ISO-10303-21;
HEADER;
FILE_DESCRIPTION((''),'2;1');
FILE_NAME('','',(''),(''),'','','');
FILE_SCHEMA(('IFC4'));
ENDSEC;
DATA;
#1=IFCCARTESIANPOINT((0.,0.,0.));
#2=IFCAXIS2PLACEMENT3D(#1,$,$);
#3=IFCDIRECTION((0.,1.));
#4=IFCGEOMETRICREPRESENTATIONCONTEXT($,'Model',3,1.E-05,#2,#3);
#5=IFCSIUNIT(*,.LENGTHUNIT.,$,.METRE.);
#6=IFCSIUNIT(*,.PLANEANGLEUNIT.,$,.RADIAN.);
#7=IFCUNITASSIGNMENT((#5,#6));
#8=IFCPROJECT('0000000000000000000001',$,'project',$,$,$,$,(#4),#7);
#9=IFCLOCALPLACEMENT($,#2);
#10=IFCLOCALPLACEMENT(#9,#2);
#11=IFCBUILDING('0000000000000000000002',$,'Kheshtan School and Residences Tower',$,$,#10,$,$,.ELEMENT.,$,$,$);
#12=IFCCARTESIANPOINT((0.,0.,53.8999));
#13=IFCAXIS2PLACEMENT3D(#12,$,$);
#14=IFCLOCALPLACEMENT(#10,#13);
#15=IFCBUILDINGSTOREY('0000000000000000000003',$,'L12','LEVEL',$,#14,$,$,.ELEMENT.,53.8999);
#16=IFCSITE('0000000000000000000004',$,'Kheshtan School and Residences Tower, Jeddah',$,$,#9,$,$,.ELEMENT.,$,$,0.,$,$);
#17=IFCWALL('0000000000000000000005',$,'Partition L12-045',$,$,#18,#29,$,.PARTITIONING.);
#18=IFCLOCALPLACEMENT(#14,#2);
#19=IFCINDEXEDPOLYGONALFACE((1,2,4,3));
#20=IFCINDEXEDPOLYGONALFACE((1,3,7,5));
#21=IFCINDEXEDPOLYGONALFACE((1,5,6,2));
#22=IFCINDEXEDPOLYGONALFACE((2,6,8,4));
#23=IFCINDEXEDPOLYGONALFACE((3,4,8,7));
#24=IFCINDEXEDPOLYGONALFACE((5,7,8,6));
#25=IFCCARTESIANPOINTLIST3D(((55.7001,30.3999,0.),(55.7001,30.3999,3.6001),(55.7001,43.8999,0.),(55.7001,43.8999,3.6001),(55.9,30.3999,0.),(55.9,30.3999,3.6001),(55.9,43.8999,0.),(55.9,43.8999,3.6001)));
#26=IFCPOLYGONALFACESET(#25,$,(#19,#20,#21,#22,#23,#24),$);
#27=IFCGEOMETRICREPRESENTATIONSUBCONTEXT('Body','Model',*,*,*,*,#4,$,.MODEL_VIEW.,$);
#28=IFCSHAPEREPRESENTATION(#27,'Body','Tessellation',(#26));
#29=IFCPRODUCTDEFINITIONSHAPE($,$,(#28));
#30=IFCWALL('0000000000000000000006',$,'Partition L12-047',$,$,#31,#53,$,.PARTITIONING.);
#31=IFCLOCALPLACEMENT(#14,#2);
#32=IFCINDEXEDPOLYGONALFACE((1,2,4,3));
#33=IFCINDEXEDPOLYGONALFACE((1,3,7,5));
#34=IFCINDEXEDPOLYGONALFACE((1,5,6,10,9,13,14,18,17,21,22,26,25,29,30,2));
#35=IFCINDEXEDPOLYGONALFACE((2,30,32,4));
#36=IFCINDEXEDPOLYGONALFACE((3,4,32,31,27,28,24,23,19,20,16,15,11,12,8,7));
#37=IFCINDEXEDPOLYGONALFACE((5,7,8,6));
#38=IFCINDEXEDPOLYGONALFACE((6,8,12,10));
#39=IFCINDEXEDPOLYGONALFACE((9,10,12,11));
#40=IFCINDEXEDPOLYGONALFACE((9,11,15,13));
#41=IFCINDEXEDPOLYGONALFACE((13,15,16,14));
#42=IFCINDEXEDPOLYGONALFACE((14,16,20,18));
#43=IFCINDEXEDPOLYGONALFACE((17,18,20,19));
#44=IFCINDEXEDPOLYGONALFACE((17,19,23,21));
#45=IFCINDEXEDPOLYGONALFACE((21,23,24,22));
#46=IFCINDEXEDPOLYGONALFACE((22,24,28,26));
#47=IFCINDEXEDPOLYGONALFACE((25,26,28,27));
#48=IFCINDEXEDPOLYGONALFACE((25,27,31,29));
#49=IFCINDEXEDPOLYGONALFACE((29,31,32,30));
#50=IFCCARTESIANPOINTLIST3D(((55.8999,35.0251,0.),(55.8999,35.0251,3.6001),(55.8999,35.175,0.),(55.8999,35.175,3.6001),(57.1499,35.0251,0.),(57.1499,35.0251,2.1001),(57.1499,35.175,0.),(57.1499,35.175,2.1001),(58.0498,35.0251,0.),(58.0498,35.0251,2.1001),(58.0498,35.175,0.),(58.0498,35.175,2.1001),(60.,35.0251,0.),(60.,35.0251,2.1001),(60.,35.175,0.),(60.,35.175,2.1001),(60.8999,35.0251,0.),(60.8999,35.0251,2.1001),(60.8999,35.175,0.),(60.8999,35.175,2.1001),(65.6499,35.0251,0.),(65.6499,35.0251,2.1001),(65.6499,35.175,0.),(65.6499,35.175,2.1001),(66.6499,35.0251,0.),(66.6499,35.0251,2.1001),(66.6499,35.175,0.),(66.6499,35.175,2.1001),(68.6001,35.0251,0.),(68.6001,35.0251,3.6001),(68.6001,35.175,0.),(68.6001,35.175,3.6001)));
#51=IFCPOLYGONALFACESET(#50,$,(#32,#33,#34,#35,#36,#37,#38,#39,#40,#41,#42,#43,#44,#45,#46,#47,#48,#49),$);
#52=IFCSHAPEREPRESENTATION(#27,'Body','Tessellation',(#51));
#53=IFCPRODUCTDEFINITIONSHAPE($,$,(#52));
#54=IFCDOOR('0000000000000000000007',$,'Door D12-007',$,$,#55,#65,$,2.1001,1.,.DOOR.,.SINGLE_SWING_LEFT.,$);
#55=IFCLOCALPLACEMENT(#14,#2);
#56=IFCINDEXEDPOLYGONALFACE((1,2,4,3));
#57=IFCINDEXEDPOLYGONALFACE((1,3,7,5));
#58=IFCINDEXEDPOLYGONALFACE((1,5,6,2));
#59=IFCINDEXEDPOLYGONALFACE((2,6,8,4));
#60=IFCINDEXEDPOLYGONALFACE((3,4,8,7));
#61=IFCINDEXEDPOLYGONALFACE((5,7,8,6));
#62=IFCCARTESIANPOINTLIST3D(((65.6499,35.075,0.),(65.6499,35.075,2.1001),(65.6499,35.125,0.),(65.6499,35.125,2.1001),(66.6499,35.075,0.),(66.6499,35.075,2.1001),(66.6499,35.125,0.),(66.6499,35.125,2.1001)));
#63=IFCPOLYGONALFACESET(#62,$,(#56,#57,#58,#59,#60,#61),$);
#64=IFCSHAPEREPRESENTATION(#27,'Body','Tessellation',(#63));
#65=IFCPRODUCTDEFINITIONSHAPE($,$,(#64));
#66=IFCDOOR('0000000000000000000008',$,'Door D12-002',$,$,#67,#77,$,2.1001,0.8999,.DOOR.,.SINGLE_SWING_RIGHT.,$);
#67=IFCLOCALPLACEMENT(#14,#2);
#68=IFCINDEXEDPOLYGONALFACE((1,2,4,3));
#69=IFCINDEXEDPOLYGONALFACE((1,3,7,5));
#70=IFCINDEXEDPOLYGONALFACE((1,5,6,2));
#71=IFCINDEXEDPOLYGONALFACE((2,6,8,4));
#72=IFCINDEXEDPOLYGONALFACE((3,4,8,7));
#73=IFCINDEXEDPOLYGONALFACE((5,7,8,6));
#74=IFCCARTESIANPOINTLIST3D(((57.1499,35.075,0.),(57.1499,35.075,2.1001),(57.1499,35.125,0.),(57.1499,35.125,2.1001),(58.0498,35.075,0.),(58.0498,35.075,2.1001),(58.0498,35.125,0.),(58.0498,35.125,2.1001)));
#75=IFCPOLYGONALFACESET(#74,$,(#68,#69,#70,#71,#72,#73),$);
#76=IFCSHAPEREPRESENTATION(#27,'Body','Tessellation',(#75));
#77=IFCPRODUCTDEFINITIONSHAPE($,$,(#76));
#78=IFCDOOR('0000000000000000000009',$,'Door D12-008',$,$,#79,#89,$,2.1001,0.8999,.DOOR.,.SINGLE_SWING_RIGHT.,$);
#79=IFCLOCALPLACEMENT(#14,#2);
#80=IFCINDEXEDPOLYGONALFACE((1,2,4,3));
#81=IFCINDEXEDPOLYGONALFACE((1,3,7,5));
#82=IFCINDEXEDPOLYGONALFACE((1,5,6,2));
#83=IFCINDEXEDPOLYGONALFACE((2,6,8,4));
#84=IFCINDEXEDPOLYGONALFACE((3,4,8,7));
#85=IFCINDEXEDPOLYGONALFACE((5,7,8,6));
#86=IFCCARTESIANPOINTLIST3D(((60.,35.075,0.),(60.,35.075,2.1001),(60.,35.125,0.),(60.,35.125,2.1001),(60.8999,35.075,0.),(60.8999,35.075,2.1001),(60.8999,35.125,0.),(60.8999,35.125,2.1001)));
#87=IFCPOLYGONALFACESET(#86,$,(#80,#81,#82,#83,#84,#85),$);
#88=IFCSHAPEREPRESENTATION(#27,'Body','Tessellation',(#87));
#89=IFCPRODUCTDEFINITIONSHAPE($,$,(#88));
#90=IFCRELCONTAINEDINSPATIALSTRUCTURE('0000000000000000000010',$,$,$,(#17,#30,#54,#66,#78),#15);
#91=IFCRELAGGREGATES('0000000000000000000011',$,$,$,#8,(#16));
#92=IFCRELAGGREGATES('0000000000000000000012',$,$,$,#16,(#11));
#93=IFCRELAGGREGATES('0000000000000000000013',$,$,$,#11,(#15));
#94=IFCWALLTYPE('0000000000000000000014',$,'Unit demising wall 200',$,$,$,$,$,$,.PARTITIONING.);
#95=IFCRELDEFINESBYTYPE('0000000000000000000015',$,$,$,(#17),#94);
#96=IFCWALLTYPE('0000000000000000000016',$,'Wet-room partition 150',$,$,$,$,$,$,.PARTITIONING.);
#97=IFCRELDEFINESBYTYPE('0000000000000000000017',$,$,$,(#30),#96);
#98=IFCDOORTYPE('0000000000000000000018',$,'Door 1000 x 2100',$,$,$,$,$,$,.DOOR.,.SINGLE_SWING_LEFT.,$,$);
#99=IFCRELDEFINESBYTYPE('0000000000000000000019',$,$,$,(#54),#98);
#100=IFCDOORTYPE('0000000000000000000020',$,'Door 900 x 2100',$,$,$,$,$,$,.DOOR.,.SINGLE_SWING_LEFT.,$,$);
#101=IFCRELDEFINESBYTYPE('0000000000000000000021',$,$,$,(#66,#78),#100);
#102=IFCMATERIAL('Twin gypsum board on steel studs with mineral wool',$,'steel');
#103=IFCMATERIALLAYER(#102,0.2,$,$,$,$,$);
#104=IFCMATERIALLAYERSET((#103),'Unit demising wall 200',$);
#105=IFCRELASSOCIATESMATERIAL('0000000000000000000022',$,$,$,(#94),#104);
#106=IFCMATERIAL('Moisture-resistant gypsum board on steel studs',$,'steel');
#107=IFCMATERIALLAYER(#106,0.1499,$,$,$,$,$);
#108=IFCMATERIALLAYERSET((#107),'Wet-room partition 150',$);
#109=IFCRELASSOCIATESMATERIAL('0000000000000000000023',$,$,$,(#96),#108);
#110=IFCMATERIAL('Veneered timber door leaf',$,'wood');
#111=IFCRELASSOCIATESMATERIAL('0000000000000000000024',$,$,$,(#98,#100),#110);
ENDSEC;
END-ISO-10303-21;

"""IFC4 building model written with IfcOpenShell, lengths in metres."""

from ifc_helpers import new_model, si_unit, direction, frame, frame_2d, origin, place, context, subcontext, project, spatial, rectangle, extrude, source, transform, mapped, material, layer, layer_set, type_object, element, fill, save


model = new_model("IFC4")

# Units and contexts
model_context = context("Model", 3, precision=1e-05, world=origin(), true_north=direction((0.0, 1.0)))
body_context = subcontext(model_context, "Body", "Model", "MODEL_VIEW")
ifc_project = project(units=[si_unit("LENGTHUNIT", "METRE"), si_unit("PLANEANGLEUNIT", "RADIAN")], contexts=[model_context])

# Site, building, storey
site_placement = place(None, origin())
site = spatial("IfcSite", under=ifc_project, at=site_placement, Name="Kheshtan School and Residences Tower, Jeddah", CompositionType="ELEMENT", RefElevation=0.0)
building_placement = place(site_placement, origin())
building = spatial("IfcBuilding", under=site, at=building_placement, Name="Kheshtan School and Residences Tower", CompositionType="ELEMENT")
storey_placement = place(building_placement, frame((0.0, 0.0, 53.8999)))
storey = spatial("IfcBuildingStorey", under=building, at=storey_placement, Name="L12", Description="LEVEL", CompositionType="ELEMENT", Elevation=53.8999)

# Wall
ifc_material_1 = material(Name="Twin gypsum board on steel studs with mineral wool", Category="steel")
ifc_layer_1 = layer(ifc_material_1, 0.2)
ifc_layer_set_1 = layer_set([ifc_layer_1], Name="Unit demising wall 200")
wall_type_1 = type_object("IfcWallType", Name="Unit demising wall 200", PredefinedType="PARTITIONING", material=ifc_layer_set_1)
wall_1_placement = place(storey_placement, frame((55.8, 30.3999, 0.0), z_axis=(0.0, 0.0, 1.0), x_axis=(0.0, 1.0, 0.0)))
element("IfcWall", 1, at=wall_1_placement, inside=storey, type_object=wall_type_1, Name="Partition L12-045", PredefinedType="PARTITIONING", context=body_context, shape_type="SweptSolid", body=[
    extrude(rectangle(XDim=13.5, YDim=0.2, at=frame_2d((6.75, 0.0))), origin(), (0.0, 0.0, 1.0), 3.6001),
])

# Wall, openings, doors
ifc_material_2 = material(Name="Moisture-resistant gypsum board on steel studs", Category="steel")
ifc_layer_2 = layer(ifc_material_2, 0.1499)
ifc_layer_set_2 = layer_set([ifc_layer_2], Name="Wet-room partition 150")
wall_type_2 = type_object("IfcWallType", Name="Wet-room partition 150", PredefinedType="PARTITIONING", material=ifc_layer_set_2)
wall_2_placement = place(storey_placement, frame((55.8999, 35.1001, 0.0), z_axis=(0.0, 0.0, 1.0), x_axis=(1.0, 0.0, 0.0)))
wall_2 = element("IfcWall", 2, at=wall_2_placement, inside=storey, type_object=wall_type_2, Name="Partition L12-047", PredefinedType="PARTITIONING", context=body_context, shape_type="SweptSolid", body=[
    extrude(rectangle(XDim=12.7002, YDim=0.1499, at=frame_2d((6.3501, 0.0))), origin(), (0.0, 0.0, 1.0), 3.6001),
])
opening_1_placement = place(wall_2_placement, frame((1.25, 0.0, 0.0)))
opening_1 = element("IfcOpeningElement", 3, at=opening_1_placement, cuts=wall_2, PredefinedType="OPENING", context=body_context, shape_type="SweptSolid", body=[
    extrude(rectangle(XDim=0.8999, YDim=2.1001, at=frame_2d((0.45, 1.05))), frame((0.0, 0.085, 0.0), z_axis=(0.0, -1.0, 0.0), x_axis=(1.0, 0.0, 0.0)), (0.0, 0.0, 1.0), 0.1699),
])
opening_2_placement = place(wall_2_placement, frame((9.75, 0.0, 0.0)))
opening_2 = element("IfcOpeningElement", 4, at=opening_2_placement, cuts=wall_2, PredefinedType="OPENING", context=body_context, shape_type="SweptSolid", body=[
    extrude(rectangle(XDim=1.0, YDim=2.1001, at=frame_2d((0.5, 1.05))), frame((0.0, 0.085, 0.0), z_axis=(0.0, -1.0, 0.0), x_axis=(1.0, 0.0, 0.0)), (0.0, 0.0, 1.0), 0.1699),
])
opening_3_placement = place(wall_2_placement, frame((4.1001, 0.0, 0.0)))
opening_3 = element("IfcOpeningElement", 5, at=opening_3_placement, cuts=wall_2, PredefinedType="OPENING", context=body_context, shape_type="SweptSolid", body=[
    extrude(rectangle(XDim=0.8999, YDim=2.1001, at=frame_2d((0.45, 1.05))), frame((0.0, 0.085, 0.0), z_axis=(0.0, -1.0, 0.0), x_axis=(1.0, 0.0, 0.0)), (0.0, 0.0, 1.0), 0.1699),
])
ifc_material_3 = material(Name="Veneered timber door leaf", Category="wood")
door_type_1 = type_object("IfcDoorType", Name="Door 1000 x 2100", OperationType="SINGLE_SWING_LEFT", PredefinedType="DOOR", material=ifc_material_3)
shared_shape_1 = source(origin(), body_context, "Body", "SweptSolid", [
    extrude(rectangle(XDim=1.0, YDim=2.1001, at=frame_2d((0.5, 1.05))), frame((0.0, 0.0249, 0.0), z_axis=(0.0, -1.0, 0.0), x_axis=(1.0, 0.0, 0.0)), (0.0, 0.0, 1.0), 0.05),
])
door_1_placement = place(opening_2_placement, origin())
door_1 = element("IfcDoor", 6, at=door_1_placement, inside=storey, type_object=door_type_1, Name="Door D12-007", OperationType="SINGLE_SWING_LEFT", OverallHeight=2.1001, OverallWidth=1.0, PredefinedType="DOOR", context=body_context, shape_type="MappedRepresentation", body=[
    mapped(shared_shape_1, transform((0.0, 0.0, 0.0), x_axis=(1.0, 0.0, 0.0), y_axis=(0.0, 1.0, 0.0), z_axis=(0.0, 0.0, 1.0), scale=1.0)),
])
fill(opening_2, door_1)
door_type_2 = type_object("IfcDoorType", Name="Door 900 x 2100", OperationType="SINGLE_SWING_LEFT", PredefinedType="DOOR", material=ifc_material_3)
shared_shape_2 = source(origin(), body_context, "Body", "SweptSolid", [
    extrude(rectangle(XDim=0.8999, YDim=2.1001, at=frame_2d((0.45, 1.05))), frame((0.0, 0.0249, 0.0), z_axis=(0.0, -1.0, 0.0), x_axis=(1.0, 0.0, 0.0)), (0.0, 0.0, 1.0), 0.05),
])
door_2_placement = place(opening_1_placement, origin())
door_2 = element("IfcDoor", 7, at=door_2_placement, inside=storey, type_object=door_type_2, Name="Door D12-002", OperationType="SINGLE_SWING_RIGHT", OverallHeight=2.1001, OverallWidth=0.8999, PredefinedType="DOOR", context=body_context, shape_type="MappedRepresentation", body=[
    mapped(shared_shape_2, transform((0.0, 0.0, 0.0), x_axis=(1.0, 0.0, 0.0), y_axis=(0.0, 1.0, 0.0), z_axis=(0.0, 0.0, 1.0), scale=1.0)),
])
fill(opening_1, door_2)
door_3_placement = place(opening_3_placement, origin())
door_3 = element("IfcDoor", 8, at=door_3_placement, inside=storey, type_object=door_type_2, Name="Door D12-008", OperationType="SINGLE_SWING_RIGHT", OverallHeight=2.1001, OverallWidth=0.8999, PredefinedType="DOOR", context=body_context, shape_type="MappedRepresentation", body=[
    mapped(shared_shape_2, transform((0.0, 0.0, 0.0), x_axis=(1.0, 0.0, 0.0), y_axis=(0.0, 1.0, 0.0), z_axis=(0.0, 0.0, 1.0), scale=1.0)),
])
fill(opening_3, door_3)

save(model, "model.ifc")
